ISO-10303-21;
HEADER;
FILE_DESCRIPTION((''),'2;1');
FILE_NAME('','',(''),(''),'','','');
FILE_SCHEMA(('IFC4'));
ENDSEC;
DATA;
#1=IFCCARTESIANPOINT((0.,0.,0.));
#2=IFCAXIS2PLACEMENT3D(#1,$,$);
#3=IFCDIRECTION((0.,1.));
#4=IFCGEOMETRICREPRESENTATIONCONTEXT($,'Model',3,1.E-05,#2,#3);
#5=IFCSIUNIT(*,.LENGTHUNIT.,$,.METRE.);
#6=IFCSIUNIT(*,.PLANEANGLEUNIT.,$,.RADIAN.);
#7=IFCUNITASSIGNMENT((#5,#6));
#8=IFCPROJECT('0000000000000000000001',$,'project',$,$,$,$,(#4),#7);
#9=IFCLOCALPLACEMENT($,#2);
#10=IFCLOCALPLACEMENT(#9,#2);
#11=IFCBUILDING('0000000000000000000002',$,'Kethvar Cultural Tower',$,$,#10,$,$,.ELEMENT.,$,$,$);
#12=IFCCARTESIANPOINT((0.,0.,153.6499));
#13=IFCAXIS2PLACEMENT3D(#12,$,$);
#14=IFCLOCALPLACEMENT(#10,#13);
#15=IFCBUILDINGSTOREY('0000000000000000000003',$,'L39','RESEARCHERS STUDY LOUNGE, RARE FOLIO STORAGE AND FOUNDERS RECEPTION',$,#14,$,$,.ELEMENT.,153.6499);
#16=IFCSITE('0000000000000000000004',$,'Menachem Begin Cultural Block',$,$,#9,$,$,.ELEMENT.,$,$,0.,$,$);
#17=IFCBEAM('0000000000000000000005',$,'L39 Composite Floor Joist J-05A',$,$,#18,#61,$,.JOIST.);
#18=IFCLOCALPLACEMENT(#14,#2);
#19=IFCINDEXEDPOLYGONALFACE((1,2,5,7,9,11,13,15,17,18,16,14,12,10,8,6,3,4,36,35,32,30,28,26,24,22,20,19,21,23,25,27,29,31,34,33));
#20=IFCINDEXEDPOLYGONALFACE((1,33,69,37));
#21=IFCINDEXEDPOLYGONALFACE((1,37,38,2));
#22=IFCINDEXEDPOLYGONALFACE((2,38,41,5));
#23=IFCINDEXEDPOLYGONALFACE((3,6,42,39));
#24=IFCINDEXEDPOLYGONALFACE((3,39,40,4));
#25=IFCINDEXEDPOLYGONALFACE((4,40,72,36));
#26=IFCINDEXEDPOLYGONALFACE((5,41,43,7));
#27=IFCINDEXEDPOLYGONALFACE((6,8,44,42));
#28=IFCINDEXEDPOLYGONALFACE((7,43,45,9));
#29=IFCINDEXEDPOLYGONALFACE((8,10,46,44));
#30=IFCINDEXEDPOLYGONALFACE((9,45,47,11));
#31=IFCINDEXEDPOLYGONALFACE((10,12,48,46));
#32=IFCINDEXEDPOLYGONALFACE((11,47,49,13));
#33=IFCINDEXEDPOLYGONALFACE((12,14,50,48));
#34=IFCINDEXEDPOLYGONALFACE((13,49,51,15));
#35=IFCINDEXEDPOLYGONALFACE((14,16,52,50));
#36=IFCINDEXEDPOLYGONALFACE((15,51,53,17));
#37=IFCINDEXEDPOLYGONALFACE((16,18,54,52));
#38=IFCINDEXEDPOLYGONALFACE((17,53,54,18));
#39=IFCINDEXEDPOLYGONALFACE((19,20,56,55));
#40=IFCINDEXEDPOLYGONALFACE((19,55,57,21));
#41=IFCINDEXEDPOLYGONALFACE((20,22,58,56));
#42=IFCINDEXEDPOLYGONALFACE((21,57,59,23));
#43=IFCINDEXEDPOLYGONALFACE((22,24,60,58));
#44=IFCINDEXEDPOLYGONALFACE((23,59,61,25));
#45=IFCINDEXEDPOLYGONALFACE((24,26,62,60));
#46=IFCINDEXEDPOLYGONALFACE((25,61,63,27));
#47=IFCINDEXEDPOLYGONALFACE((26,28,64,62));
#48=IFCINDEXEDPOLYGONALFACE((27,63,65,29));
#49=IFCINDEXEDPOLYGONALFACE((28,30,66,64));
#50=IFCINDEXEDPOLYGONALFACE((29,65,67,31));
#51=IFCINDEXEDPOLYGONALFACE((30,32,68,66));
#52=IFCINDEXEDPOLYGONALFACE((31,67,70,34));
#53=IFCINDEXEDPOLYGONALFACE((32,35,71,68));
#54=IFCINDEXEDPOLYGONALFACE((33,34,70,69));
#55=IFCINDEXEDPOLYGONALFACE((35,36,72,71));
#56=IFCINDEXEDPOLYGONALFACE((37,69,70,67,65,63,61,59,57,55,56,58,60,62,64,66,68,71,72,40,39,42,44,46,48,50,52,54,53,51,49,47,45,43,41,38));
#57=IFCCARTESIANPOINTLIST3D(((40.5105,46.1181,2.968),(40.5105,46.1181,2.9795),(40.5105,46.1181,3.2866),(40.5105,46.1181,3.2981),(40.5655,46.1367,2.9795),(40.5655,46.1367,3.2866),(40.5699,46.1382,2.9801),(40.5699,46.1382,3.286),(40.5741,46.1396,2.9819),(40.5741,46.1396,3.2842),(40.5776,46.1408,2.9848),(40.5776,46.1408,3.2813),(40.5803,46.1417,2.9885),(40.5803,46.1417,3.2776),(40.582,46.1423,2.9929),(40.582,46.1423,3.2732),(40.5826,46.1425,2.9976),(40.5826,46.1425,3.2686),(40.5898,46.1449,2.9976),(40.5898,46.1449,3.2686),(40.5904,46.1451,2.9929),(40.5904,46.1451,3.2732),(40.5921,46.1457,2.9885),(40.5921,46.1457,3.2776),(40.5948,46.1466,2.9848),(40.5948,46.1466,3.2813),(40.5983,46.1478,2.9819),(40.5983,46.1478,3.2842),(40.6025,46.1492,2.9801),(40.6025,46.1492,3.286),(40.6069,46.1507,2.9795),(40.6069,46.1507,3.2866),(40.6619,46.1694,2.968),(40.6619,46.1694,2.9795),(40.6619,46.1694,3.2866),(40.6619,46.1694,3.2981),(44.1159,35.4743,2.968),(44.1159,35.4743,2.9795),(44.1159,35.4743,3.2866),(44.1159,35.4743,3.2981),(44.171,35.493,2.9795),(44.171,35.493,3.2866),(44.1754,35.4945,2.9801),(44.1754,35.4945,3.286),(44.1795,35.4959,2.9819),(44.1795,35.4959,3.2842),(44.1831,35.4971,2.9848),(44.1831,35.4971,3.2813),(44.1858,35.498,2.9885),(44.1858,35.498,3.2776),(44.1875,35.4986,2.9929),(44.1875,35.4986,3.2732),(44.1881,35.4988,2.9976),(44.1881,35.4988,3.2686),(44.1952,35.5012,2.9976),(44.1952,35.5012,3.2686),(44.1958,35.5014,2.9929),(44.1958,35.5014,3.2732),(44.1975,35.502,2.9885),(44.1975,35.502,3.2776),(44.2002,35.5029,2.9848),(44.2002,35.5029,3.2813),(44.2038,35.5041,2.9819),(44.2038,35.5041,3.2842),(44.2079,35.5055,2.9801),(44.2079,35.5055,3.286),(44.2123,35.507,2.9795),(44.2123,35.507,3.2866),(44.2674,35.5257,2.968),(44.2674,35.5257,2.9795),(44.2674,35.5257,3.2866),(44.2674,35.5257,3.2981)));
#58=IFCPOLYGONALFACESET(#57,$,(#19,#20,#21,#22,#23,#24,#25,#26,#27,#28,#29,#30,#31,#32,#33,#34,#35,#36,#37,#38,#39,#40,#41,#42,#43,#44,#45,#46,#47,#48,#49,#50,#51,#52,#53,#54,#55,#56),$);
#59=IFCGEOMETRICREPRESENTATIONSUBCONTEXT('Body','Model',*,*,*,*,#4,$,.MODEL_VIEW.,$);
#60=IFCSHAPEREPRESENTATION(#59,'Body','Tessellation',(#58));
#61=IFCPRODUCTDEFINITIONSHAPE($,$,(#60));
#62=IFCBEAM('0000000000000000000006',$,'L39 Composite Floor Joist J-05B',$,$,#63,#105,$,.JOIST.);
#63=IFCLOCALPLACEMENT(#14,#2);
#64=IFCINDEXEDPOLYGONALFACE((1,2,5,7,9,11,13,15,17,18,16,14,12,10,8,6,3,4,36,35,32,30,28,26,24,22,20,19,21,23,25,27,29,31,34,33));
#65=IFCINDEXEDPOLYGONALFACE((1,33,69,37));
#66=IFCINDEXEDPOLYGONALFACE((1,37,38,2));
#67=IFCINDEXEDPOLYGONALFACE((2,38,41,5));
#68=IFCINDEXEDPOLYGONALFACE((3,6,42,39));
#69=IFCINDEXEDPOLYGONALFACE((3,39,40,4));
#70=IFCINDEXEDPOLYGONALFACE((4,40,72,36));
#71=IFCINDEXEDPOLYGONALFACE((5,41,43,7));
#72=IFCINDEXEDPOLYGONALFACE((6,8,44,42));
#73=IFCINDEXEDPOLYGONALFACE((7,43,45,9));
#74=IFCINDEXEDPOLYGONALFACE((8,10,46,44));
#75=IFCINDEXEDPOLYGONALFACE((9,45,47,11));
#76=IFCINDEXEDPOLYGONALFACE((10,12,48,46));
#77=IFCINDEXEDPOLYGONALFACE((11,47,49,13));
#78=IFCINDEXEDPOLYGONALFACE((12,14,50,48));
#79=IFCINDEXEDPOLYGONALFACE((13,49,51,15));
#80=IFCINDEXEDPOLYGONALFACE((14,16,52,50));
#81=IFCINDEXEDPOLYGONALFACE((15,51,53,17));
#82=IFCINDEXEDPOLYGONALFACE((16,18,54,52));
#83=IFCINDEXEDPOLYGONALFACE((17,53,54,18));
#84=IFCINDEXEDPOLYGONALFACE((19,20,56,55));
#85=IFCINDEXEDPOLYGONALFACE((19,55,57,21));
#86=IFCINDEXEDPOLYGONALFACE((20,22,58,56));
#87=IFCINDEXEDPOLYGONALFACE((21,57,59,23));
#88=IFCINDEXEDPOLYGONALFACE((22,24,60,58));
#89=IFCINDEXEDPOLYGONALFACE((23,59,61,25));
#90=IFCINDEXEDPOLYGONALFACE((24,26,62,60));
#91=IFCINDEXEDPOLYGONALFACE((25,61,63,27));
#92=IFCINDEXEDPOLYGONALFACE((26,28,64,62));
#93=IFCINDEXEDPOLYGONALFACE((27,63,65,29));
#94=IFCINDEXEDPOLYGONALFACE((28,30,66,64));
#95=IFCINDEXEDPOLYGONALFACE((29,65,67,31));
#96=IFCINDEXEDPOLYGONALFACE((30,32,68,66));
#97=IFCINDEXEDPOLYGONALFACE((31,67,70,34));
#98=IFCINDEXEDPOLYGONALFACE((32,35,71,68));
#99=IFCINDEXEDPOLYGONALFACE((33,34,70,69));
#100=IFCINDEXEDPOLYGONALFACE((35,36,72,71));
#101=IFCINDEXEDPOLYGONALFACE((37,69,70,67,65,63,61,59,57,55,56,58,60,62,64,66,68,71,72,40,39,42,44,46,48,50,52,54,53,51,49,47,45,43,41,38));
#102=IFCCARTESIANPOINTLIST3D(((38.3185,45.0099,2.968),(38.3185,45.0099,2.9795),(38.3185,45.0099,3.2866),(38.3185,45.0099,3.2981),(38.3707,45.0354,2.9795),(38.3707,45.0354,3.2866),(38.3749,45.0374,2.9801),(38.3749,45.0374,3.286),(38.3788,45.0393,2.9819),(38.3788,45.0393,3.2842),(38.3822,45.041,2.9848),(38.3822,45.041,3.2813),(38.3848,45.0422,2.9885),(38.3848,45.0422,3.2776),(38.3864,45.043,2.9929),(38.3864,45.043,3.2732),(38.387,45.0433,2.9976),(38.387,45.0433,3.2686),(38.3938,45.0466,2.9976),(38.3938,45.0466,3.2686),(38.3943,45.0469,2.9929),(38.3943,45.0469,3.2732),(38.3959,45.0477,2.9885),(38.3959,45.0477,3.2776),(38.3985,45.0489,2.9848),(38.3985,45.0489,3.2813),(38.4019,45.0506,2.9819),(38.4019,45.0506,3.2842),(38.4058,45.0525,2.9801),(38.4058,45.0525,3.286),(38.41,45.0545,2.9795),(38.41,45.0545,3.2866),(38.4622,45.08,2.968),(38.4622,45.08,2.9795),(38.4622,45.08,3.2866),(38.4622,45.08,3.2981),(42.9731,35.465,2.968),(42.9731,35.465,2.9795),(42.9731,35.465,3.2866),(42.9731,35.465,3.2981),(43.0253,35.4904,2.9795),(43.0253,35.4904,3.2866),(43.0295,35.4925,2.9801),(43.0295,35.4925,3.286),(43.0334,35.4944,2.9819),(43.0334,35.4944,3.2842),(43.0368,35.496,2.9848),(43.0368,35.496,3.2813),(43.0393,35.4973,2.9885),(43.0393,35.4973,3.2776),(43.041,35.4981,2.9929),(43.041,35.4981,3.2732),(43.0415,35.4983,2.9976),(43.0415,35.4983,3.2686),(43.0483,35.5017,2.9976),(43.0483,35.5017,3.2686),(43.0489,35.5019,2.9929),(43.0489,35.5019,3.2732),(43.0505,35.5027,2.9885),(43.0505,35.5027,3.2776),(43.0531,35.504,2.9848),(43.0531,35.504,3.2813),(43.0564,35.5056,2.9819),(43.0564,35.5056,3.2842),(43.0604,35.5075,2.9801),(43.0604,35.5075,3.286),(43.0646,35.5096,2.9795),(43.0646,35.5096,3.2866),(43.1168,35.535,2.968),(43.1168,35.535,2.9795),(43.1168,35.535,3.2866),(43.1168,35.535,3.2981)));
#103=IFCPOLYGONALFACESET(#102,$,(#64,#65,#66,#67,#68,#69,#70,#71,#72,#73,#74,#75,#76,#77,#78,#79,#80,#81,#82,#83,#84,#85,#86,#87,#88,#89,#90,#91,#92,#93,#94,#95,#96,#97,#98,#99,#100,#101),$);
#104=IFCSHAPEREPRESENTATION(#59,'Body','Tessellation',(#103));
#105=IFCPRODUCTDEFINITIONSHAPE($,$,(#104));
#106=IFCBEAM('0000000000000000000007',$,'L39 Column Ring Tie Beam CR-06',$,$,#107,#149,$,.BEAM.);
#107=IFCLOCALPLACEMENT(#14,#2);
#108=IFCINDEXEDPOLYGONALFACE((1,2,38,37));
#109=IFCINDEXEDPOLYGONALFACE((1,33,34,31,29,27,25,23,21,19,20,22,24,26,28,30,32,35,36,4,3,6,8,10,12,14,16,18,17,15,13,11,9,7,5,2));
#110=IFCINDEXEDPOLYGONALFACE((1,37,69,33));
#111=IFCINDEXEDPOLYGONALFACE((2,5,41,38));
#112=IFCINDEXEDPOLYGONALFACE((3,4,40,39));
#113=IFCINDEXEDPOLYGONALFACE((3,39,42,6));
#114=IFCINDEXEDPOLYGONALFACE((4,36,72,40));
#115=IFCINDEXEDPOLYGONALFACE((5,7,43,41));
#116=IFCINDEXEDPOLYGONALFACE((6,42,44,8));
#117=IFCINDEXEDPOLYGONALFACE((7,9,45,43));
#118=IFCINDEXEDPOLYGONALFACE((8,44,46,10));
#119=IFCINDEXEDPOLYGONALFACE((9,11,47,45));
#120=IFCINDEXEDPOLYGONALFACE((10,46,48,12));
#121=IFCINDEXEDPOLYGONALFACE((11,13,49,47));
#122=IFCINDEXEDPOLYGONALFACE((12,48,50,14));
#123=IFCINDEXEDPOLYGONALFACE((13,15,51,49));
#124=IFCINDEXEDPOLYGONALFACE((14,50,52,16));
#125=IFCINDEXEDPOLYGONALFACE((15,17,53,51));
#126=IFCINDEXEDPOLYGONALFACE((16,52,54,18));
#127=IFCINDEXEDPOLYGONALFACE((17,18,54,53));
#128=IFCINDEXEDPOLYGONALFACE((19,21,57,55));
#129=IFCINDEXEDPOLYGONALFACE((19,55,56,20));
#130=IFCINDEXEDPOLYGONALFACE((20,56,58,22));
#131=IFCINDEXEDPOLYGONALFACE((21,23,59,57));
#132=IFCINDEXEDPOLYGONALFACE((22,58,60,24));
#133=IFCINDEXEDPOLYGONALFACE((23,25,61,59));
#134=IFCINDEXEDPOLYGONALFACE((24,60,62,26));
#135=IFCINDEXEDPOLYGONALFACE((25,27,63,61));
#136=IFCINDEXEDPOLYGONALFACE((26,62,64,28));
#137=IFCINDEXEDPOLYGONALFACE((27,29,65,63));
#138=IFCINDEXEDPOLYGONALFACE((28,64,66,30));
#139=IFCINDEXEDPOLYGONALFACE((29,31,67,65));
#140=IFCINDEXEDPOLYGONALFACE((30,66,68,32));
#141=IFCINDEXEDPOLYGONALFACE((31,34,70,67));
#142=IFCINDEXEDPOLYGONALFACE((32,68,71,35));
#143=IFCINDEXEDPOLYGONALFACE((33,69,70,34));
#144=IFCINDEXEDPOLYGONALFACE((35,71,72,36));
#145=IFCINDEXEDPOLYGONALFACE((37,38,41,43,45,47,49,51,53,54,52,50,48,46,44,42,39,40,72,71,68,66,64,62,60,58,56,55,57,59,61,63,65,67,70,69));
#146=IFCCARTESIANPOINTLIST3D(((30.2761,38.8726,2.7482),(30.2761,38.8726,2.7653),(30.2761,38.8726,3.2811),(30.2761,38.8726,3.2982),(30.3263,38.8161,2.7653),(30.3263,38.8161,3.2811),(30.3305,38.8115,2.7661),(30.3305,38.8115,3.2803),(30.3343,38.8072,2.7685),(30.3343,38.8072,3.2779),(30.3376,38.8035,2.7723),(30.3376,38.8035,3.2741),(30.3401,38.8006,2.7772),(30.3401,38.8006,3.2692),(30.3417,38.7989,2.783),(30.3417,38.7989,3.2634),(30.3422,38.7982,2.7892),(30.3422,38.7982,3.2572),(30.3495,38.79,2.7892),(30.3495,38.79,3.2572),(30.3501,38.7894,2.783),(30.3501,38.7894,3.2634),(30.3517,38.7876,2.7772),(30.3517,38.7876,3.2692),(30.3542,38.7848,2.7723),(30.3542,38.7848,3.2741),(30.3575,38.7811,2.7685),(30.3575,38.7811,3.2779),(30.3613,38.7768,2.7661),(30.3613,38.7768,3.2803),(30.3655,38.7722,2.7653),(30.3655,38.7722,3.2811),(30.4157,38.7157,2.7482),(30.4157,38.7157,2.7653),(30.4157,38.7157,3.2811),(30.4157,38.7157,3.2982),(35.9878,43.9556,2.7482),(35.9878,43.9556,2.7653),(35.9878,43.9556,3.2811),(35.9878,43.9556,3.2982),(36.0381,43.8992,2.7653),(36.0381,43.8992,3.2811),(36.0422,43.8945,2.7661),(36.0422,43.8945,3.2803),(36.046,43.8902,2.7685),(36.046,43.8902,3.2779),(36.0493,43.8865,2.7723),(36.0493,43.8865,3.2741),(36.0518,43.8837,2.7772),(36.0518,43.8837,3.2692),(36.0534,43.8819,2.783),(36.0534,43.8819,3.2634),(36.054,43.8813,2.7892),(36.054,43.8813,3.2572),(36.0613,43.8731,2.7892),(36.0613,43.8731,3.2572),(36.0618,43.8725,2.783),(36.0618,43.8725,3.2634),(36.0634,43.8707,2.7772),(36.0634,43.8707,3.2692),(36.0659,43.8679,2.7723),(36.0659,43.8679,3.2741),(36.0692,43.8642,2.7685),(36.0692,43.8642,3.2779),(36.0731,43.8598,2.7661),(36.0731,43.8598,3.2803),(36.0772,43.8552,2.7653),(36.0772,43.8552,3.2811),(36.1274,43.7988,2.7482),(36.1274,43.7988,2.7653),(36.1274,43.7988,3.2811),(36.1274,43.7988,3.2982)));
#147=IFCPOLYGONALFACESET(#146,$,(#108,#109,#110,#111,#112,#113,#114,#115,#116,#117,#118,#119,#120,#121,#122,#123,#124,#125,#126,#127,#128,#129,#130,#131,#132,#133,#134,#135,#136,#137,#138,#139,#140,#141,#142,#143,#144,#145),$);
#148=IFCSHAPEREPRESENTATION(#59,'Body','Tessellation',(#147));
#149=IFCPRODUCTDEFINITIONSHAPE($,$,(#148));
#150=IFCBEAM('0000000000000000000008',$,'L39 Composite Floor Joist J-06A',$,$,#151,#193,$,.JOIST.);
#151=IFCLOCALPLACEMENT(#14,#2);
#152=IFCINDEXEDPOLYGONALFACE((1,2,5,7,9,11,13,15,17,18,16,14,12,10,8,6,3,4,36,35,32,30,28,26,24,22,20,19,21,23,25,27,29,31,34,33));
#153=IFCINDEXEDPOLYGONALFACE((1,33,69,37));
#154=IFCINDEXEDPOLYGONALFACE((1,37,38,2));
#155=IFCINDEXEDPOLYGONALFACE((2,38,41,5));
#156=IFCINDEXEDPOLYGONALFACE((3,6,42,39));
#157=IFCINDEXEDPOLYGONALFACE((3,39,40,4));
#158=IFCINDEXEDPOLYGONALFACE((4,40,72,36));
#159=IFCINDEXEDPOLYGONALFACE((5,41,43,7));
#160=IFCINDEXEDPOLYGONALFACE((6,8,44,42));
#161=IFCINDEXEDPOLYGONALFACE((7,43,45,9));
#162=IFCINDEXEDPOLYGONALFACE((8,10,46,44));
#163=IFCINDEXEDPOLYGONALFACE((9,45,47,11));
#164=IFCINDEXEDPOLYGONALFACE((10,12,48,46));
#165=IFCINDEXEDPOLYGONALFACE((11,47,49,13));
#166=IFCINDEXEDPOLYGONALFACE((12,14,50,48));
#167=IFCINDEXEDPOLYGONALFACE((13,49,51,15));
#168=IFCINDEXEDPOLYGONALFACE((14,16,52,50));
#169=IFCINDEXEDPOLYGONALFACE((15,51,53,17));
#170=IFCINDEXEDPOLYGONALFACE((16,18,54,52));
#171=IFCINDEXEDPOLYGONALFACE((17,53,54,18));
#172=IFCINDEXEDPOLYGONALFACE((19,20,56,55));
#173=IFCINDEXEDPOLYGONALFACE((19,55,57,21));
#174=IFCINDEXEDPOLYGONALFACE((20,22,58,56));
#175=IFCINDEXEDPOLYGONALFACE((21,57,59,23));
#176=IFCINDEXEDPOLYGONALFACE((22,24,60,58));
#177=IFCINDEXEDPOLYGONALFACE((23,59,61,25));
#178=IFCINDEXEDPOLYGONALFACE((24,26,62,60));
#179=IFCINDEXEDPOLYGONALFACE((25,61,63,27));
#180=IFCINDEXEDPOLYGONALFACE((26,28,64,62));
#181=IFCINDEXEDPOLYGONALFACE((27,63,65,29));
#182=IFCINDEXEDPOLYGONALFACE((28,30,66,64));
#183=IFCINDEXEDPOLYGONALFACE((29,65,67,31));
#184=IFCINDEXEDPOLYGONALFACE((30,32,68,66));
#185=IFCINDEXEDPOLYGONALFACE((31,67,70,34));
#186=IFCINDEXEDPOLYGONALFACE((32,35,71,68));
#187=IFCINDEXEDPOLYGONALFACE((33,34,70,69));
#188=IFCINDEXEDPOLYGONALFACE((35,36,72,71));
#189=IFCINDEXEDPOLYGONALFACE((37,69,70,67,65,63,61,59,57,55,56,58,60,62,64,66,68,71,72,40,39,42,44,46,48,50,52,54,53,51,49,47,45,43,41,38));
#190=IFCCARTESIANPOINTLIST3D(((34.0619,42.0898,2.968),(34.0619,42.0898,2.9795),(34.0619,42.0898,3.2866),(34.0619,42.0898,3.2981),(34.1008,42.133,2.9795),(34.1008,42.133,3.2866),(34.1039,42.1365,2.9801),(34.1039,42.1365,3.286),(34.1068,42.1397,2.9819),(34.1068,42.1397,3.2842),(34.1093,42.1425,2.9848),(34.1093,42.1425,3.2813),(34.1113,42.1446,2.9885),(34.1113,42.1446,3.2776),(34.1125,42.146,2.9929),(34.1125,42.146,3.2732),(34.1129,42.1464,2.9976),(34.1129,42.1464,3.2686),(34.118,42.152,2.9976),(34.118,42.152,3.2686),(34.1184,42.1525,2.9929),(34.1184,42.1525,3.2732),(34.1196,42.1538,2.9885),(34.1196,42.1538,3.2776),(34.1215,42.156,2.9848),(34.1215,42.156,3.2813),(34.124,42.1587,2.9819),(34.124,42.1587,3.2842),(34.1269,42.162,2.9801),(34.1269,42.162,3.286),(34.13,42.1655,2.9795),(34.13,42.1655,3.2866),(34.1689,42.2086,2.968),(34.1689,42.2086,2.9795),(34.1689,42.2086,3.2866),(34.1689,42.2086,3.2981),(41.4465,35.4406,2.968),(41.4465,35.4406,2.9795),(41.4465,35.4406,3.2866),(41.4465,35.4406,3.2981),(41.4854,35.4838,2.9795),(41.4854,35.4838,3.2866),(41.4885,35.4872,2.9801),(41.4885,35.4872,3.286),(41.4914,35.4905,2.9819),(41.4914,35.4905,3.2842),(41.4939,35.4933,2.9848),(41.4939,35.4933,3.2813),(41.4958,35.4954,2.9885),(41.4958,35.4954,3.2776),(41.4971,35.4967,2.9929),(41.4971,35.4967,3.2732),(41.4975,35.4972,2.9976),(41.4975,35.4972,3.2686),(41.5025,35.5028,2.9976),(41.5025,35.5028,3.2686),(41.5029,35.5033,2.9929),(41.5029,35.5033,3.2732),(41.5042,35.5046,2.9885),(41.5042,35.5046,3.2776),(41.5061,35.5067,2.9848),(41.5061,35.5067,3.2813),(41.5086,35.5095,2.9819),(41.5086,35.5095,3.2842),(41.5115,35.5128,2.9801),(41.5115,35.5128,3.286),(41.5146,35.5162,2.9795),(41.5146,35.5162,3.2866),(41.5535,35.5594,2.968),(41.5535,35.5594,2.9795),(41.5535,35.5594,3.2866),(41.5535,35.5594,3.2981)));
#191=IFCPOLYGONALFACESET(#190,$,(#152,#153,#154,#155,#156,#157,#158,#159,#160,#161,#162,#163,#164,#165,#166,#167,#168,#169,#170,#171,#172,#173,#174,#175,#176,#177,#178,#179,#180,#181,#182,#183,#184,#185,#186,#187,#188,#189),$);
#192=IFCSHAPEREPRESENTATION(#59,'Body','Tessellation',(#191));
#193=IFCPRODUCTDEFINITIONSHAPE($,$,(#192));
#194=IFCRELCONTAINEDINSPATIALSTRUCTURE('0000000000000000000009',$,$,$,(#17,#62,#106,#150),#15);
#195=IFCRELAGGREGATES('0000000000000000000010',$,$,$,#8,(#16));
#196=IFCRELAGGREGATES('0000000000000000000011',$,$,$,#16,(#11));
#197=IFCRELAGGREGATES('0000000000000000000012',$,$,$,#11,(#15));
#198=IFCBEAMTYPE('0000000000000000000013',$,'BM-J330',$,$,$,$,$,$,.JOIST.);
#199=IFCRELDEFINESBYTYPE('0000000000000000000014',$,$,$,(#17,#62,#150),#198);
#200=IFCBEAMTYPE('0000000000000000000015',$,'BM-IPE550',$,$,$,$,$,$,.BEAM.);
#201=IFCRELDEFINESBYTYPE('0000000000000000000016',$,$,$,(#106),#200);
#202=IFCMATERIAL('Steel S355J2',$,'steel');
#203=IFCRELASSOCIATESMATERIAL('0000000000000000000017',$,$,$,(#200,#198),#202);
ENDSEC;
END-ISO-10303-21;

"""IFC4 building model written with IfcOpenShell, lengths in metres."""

from ifc_helpers import new_model, si_unit, direction, frame, origin, origin_2d, place, context, subcontext, project, spatial, i_section, extrude, source, transform, mapped, material, material_profile, profile_set, type_object, element, save


model = new_model("IFC4")

# Units and contexts
model_context = context("Model", 3, precision=1e-05, world=origin(), true_north=direction((0.0, 1.0)))
body_context = subcontext(model_context, "Body", "Model", "MODEL_VIEW")
ifc_project = project(units=[si_unit("LENGTHUNIT", "METRE"), si_unit("PLANEANGLEUNIT", "RADIAN")], contexts=[model_context])

# Site, building, storey
site_placement = place(None, origin())
site = spatial("IfcSite", under=ifc_project, at=site_placement, Name="Menachem Begin Cultural Block", CompositionType="ELEMENT", RefElevation=0.0)
building_placement = place(site_placement, origin())
building = spatial("IfcBuilding", under=site, at=building_placement, Name="Kethvar Cultural Tower", CompositionType="ELEMENT")
storey_placement = place(building_placement, frame((0.0, 0.0, 153.6499)))
storey = spatial("IfcBuildingStorey", under=building, at=storey_placement, Name="L39", Description="RESEARCHERS STUDY LOUNGE, RARE FOLIO STORAGE AND FOUNDERS RECEPTION", CompositionType="ELEMENT", Elevation=153.6499)

# Beams
ifc_material_1 = material(Name="Steel S355J2", Category="steel")
ifc_material_profile_1 = material_profile(ifc_material_1, i_section(OverallWidth=0.21, OverallDepth=0.55, WebThickness=0.011, FlangeThickness=0.0171, FilletRadius=0.0239, at=origin_2d()), Name="Steel S355J2 — IPE550")
ifc_profile_set_1 = profile_set([ifc_material_profile_1], Name="Steel S355J2 — IPE550")
beam_type_1 = type_object("IfcBeamType", Name="BM-IPE550", PredefinedType="BEAM", material=ifc_profile_set_1)
ifc_material_profile_2 = material_profile(ifc_material_1, i_section(OverallWidth=0.1599, OverallDepth=0.3301, WebThickness=0.0076, FlangeThickness=0.0115, FilletRadius=0.0181, at=origin_2d()), Name="Steel S355J2 — IPE330")
ifc_profile_set_2 = profile_set([ifc_material_profile_2], Name="Steel S355J2 — IPE330")
beam_type_2 = type_object("IfcBeamType", Name="BM-J330", PredefinedType="JOIST", material=ifc_profile_set_2)
shared_shape_1 = source(origin(), body_context, "Body", "SweptSolid", [
    extrude(i_section(OverallWidth=0.1599, OverallDepth=0.3301, WebThickness=0.0076, FlangeThickness=0.0115, FilletRadius=0.0181, at=origin_2d()), origin(), (0.0, 0.0, 1.0), 11.2378),
])
beam_1_placement = place(storey_placement, frame((44.1917, 35.5, 3.1331), z_axis=(-0.320832, 0.947136, 0.0), x_axis=(-0.947136, -0.320832, 0.0)))
element("IfcBeam", 1, at=beam_1_placement, inside=storey, type_object=beam_type_2, Name="L39 Composite Floor Joist J-05A", PredefinedType="JOIST", context=body_context, shape_type="MappedRepresentation", body=[
    mapped(shared_shape_1, transform((0.0, 0.0, 0.0), scale=1.0)),
])
shared_shape_2 = source(origin(), body_context, "Body", "SweptSolid", [
    extrude(i_section(OverallWidth=0.1599, OverallDepth=0.3301, WebThickness=0.0076, FlangeThickness=0.0115, FilletRadius=0.0181, at=origin_2d()), origin(), (0.0, 0.0, 1.0), 10.6194),
])
beam_2_placement = place(storey_placement, frame((43.0449, 35.5, 3.1331), z_axis=(-0.438308, 0.898825, 0.0), x_axis=(-0.898825, -0.438308, 0.0)))
element("IfcBeam", 2, at=beam_2_placement, inside=storey, type_object=beam_type_2, Name="L39 Composite Floor Joist J-05B", PredefinedType="JOIST", context=body_context, shape_type="MappedRepresentation", body=[
    mapped(shared_shape_2, transform((0.0, 0.0, 0.0), scale=1.0)),
])
shared_shape_3 = source(origin(), body_context, "Body", "SweptSolid", [
    extrude(i_section(OverallWidth=0.21, OverallDepth=0.55, WebThickness=0.011, FlangeThickness=0.0171, FilletRadius=0.0239, at=origin_2d()), origin(), (0.0, 0.0, 1.0), 7.646),
])
beam_3_placement = place(storey_placement, frame((36.0576, 43.8772, 3.0232), z_axis=(-0.747022, -0.6648, 0.0), x_axis=(0.6648, -0.747022, 0.0)))
element("IfcBeam", 3, at=beam_3_placement, inside=storey, type_object=beam_type_1, Name="L39 Column Ring Tie Beam CR-06", PredefinedType="BEAM", context=body_context, shape_type="MappedRepresentation", body=[
    mapped(shared_shape_3, transform((0.0, 0.0, 0.0), scale=1.0)),
])
shared_shape_4 = source(origin(), body_context, "Body", "SweptSolid", [
    extrude(i_section(OverallWidth=0.1599, OverallDepth=0.3301, WebThickness=0.0076, FlangeThickness=0.0115, FilletRadius=0.0181, at=origin_2d()), origin(), (0.0, 0.0, 1.0), 9.937),
])
beam_4_placement = place(storey_placement, frame((41.5, 35.5, 3.1331), z_axis=(-0.743139, 0.669137, 0.0), x_axis=(-0.669137, -0.743139, 0.0)))
element("IfcBeam", 4, at=beam_4_placement, inside=storey, type_object=beam_type_2, Name="L39 Composite Floor Joist J-06A", PredefinedType="JOIST", context=body_context, shape_type="MappedRepresentation", body=[
    mapped(shared_shape_4, transform((0.0, 0.0, 0.0), scale=1.0)),
])

save(model, "model.ifc")
